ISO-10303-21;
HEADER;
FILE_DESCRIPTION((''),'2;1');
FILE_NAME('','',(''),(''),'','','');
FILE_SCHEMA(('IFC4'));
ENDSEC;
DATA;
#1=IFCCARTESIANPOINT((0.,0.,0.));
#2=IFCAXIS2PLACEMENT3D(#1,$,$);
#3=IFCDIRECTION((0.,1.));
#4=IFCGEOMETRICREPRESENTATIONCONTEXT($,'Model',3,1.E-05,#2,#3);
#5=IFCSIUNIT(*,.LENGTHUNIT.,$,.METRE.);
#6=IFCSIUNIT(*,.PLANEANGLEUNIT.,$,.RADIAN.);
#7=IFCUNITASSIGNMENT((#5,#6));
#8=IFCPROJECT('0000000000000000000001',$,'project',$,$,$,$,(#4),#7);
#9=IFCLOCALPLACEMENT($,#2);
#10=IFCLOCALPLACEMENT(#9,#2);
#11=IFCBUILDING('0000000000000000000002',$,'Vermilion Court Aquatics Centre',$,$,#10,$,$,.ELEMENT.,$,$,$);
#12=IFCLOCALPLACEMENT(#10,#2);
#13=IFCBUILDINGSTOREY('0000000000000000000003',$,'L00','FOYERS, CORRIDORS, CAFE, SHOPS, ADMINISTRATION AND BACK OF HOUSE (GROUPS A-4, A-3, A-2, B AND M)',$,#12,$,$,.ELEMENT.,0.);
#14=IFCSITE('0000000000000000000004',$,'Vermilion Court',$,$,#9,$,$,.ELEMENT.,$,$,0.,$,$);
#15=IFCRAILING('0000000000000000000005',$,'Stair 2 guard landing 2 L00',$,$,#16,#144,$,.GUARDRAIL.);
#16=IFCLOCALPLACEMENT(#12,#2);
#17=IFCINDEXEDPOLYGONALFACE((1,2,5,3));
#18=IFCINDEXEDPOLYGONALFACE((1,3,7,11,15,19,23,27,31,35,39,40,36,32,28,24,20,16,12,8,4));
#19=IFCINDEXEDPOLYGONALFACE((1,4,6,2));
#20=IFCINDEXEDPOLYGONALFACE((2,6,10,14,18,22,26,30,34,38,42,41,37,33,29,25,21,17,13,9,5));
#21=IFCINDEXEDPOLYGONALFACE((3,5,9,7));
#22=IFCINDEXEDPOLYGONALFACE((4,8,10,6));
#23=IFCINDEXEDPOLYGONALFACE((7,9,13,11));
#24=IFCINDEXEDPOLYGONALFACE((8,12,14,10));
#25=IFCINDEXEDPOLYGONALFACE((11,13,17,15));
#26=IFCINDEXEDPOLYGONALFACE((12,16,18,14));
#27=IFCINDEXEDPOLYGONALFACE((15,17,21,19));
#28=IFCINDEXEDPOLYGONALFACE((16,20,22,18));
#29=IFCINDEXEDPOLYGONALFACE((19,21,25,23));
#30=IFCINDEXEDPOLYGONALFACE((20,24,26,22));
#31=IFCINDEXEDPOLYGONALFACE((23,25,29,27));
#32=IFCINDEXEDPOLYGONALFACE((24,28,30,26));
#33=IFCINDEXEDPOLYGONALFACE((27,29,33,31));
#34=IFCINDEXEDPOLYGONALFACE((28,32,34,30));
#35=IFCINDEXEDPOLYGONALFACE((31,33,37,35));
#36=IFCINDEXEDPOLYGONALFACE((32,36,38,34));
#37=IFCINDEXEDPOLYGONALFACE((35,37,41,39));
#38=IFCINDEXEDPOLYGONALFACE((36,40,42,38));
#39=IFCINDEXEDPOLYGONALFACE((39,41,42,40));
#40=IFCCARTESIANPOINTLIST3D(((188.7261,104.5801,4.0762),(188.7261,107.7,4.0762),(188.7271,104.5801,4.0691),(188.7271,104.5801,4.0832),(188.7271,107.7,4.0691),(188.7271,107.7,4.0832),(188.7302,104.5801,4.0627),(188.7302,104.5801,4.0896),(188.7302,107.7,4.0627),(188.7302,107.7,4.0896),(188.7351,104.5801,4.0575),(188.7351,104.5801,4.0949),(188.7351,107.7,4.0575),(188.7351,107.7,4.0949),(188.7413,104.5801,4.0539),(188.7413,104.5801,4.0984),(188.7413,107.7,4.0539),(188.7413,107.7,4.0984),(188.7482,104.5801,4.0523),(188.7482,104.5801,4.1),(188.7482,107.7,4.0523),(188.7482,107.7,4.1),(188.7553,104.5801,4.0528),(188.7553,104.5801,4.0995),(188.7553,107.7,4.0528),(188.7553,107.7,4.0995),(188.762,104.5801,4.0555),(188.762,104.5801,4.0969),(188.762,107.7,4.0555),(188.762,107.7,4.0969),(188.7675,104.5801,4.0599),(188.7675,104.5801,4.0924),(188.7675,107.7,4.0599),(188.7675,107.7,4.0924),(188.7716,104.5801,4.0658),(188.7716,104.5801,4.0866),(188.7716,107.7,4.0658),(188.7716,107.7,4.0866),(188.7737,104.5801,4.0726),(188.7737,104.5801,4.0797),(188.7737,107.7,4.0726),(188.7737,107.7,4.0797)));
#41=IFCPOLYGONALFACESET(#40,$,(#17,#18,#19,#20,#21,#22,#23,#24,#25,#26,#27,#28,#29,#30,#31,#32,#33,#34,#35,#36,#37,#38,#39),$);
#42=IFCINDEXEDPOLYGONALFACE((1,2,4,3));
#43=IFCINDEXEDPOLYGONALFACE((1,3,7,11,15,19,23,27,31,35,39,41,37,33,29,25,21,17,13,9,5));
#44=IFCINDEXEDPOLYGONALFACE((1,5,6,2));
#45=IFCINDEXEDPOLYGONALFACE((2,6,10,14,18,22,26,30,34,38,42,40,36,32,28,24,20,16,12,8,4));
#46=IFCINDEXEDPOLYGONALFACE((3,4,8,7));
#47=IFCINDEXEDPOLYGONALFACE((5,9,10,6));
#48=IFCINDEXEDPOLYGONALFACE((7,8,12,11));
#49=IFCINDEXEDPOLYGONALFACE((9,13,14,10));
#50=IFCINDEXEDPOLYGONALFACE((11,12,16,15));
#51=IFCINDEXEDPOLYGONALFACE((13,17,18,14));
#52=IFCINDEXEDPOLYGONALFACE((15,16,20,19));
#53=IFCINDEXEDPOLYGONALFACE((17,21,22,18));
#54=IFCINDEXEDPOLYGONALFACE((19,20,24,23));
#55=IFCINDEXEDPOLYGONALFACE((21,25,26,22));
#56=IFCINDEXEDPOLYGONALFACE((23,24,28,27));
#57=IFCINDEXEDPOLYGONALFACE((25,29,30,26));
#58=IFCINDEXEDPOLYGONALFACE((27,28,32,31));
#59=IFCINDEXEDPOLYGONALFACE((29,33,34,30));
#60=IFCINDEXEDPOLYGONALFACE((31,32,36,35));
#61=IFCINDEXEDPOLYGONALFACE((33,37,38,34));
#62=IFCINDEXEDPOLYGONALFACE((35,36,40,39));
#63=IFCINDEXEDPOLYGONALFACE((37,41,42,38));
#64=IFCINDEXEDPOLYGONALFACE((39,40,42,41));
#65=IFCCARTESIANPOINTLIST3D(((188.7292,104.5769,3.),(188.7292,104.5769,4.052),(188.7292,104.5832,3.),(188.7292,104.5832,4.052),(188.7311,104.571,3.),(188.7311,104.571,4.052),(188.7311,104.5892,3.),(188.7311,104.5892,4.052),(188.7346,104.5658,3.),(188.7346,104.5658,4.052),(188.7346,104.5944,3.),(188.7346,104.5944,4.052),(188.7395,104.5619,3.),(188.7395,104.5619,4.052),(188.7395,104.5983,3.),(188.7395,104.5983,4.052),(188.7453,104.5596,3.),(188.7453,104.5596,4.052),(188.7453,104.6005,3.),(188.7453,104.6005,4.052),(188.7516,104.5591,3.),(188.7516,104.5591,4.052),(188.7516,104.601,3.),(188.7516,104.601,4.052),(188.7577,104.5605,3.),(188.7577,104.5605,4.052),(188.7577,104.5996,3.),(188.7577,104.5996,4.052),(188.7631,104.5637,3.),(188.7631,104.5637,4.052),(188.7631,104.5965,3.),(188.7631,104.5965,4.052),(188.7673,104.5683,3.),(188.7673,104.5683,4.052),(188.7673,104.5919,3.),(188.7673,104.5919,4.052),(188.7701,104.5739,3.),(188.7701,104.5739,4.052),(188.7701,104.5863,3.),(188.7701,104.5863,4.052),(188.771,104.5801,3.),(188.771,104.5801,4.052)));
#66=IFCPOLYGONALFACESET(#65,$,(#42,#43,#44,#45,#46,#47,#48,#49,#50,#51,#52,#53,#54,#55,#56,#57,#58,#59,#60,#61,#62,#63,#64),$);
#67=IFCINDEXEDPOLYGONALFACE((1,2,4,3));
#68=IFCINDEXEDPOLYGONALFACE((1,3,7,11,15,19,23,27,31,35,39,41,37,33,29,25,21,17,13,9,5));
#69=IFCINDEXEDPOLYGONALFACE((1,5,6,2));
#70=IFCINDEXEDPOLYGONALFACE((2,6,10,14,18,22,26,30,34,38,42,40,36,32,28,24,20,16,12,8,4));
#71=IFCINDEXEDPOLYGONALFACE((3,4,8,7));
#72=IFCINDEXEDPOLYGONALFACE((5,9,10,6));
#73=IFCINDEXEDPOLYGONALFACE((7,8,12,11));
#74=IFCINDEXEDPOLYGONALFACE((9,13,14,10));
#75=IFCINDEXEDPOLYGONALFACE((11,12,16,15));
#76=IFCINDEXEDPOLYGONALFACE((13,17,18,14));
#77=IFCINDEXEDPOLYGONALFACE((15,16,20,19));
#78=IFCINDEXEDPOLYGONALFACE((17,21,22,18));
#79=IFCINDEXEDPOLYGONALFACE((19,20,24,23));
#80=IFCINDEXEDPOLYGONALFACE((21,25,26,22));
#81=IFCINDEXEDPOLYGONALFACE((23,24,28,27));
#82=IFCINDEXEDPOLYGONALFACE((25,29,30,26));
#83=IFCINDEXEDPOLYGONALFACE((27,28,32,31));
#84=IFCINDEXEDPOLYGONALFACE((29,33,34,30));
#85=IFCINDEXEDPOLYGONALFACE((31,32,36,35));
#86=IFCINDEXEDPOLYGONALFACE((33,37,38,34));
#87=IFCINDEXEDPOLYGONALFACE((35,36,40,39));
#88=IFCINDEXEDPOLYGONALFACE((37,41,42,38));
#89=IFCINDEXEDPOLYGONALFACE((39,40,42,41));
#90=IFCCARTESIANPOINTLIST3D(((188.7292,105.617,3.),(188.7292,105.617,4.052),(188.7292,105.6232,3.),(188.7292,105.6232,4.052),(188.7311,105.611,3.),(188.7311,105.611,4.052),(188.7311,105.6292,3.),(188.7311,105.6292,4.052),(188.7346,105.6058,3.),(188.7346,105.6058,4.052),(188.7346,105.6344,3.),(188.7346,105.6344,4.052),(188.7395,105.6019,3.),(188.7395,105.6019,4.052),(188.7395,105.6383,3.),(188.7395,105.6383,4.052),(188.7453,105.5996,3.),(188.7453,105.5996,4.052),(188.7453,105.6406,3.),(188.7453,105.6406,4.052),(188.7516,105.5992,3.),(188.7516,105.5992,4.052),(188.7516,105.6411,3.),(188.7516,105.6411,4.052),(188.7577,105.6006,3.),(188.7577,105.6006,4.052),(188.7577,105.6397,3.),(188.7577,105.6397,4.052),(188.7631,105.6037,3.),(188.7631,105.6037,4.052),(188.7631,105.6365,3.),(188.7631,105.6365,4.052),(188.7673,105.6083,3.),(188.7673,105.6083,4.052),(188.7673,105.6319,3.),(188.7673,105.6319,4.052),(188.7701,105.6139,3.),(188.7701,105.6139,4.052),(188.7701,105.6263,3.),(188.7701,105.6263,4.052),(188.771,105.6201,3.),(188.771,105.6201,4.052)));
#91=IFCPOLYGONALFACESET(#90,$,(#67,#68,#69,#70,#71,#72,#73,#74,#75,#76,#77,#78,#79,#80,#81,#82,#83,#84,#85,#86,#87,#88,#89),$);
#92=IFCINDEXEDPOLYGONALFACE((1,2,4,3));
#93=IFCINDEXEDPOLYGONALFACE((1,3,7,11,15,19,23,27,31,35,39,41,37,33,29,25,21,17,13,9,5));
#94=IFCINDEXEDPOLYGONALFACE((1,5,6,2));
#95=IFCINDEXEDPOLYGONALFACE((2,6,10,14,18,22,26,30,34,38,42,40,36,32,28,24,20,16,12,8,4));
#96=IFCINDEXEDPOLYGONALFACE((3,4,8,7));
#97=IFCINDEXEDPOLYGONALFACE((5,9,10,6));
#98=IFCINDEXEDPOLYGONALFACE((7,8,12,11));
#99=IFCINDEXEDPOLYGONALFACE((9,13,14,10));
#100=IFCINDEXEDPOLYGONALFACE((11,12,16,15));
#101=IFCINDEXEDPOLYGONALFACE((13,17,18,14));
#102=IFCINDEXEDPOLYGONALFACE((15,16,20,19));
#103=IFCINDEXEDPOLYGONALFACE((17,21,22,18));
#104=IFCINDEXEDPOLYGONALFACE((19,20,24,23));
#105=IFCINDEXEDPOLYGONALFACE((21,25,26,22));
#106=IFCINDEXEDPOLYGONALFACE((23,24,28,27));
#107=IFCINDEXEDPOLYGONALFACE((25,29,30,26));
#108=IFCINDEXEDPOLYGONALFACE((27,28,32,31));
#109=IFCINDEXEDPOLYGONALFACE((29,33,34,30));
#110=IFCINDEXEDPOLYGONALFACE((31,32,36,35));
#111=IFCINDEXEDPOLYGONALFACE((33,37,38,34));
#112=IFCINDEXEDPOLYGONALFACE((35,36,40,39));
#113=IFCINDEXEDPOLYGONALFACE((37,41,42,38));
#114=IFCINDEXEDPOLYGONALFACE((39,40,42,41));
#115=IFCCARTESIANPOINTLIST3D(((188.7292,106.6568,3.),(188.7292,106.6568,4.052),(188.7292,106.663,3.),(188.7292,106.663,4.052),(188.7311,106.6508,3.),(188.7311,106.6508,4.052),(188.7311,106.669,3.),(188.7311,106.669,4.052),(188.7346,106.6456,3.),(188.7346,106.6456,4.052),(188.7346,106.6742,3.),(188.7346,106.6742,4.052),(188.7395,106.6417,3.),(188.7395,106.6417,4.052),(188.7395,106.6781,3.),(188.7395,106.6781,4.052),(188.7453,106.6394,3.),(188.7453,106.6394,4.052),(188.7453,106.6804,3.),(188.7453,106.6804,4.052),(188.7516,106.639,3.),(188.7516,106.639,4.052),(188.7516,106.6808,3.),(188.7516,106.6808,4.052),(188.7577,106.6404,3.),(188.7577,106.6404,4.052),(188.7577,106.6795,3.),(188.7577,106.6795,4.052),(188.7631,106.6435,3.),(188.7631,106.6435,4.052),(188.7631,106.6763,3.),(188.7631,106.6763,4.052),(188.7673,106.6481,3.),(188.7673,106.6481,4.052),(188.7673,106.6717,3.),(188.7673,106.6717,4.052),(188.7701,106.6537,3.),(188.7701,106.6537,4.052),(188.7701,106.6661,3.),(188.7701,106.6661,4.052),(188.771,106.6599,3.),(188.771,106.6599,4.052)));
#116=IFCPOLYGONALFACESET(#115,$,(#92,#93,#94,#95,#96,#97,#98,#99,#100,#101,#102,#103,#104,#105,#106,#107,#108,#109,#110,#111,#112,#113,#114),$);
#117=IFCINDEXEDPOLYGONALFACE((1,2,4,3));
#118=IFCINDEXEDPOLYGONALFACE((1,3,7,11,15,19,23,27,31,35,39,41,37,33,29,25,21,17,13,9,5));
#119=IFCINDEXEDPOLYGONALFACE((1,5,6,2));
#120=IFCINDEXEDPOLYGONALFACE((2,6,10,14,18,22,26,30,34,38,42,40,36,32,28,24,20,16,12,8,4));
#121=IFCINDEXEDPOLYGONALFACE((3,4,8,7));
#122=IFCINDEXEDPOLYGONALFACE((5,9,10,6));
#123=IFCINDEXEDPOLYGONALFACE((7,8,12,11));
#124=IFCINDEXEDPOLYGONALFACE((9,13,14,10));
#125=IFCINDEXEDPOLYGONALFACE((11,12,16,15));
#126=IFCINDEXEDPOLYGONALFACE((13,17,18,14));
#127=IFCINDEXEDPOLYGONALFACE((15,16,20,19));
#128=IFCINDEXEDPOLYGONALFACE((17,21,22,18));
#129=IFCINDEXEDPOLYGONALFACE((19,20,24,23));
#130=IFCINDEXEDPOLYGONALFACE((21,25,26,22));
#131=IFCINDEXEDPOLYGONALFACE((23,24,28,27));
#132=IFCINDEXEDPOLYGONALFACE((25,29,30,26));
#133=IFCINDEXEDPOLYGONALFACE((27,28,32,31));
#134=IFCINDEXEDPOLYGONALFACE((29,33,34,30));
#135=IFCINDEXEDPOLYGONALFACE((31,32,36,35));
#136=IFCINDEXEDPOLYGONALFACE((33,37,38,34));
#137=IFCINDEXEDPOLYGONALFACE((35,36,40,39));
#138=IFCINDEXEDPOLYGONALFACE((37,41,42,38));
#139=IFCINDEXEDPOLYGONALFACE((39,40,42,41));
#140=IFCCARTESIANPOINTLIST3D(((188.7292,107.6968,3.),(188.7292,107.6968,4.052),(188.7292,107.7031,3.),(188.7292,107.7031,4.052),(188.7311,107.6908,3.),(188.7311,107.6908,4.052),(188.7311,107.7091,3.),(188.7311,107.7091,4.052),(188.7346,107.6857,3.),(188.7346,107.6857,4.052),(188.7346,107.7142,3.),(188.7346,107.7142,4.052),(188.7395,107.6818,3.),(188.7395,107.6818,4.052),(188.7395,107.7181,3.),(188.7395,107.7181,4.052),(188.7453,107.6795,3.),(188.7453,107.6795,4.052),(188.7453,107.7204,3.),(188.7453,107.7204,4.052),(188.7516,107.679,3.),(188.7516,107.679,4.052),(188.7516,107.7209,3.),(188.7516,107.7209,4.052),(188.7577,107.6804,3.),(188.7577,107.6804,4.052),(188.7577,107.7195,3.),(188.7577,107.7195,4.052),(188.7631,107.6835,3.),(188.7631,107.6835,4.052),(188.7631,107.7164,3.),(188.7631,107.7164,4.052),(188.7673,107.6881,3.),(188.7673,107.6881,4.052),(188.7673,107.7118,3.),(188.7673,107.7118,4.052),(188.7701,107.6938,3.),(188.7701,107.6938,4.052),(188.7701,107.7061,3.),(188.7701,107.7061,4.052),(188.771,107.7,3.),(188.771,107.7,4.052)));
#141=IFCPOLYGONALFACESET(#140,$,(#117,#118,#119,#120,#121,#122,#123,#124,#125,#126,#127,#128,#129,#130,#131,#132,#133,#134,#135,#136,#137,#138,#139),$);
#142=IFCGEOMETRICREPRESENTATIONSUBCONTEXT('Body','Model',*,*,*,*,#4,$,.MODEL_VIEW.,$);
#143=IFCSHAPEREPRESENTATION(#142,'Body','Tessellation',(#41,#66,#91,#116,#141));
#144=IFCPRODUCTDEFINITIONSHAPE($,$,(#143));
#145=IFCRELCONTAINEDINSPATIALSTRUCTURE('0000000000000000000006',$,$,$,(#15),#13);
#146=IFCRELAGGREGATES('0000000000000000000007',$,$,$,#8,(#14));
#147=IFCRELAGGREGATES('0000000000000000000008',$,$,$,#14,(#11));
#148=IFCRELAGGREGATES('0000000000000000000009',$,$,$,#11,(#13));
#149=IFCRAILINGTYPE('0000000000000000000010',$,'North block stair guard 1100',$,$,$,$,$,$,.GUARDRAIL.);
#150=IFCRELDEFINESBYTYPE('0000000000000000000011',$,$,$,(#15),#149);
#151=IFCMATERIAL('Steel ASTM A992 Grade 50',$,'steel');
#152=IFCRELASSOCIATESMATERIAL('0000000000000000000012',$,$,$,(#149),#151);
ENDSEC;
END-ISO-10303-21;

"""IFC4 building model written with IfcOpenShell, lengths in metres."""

from ifc_helpers import new_model, si_unit, direction, frame, origin, origin_2d, place, context, subcontext, project, spatial, circle, extrude, material, type_object, element, save


model = new_model("IFC4")

# Units and contexts
model_context = context("Model", 3, precision=1e-05, world=origin(), true_north=direction((0.0, 1.0)))
body_context = subcontext(model_context, "Body", "Model", "MODEL_VIEW")
ifc_project = project(units=[si_unit("LENGTHUNIT", "METRE"), si_unit("PLANEANGLEUNIT", "RADIAN")], contexts=[model_context])

# Site, building, storey
site_placement = place(None, origin())
site = spatial("IfcSite", under=ifc_project, at=site_placement, Name="Vermilion Court", CompositionType="ELEMENT", RefElevation=0.0)
building_placement = place(site_placement, origin())
building = spatial("IfcBuilding", under=site, at=building_placement, Name="Vermilion Court Aquatics Centre", CompositionType="ELEMENT")
storey_placement = place(building_placement, origin())
storey = spatial("IfcBuildingStorey", under=building, at=storey_placement, Name="L00", Description="FOYERS, CORRIDORS, CAFE, SHOPS, ADMINISTRATION AND BACK OF HOUSE (GROUPS A-4, A-3, A-2, B AND M)", CompositionType="ELEMENT", Elevation=0.0)

# Railing
ifc_material_1 = material(Name="Steel ASTM A992 Grade 50", Category="steel")
railing_type_1 = type_object("IfcRailingType", Name="North block stair guard 1100", PredefinedType="GUARDRAIL", material=ifc_material_1)
railing_1_placement = place(storey_placement, frame((188.75, 104.5801, 3.0)))
element("IfcRailing", 1, at=railing_1_placement, inside=storey, type_object=railing_type_1, Name="Stair 2 guard landing 2 L00", PredefinedType="GUARDRAIL", context=body_context, shape_type="SweptSolid", body=[
    extrude(circle(Radius=0.0239, at=origin_2d()), frame((0.0, 0.0, 1.0762), z_axis=(0.0, 1.0, 0.0), x_axis=(-1.0, 0.0, 0.0)), (0.0, 0.0, 1.0), 3.1199),
    extrude(circle(Radius=0.021, at=origin_2d()), origin(), (0.0, 0.0, 1.0), 1.052),
    extrude(circle(Radius=0.021, at=origin_2d()), frame((0.0, 1.04, 0.0)), (0.0, 0.0, 1.0), 1.052),
    extrude(circle(Radius=0.021, at=origin_2d()), frame((0.0, 2.0798, 0.0)), (0.0, 0.0, 1.0), 1.052),
    extrude(circle(Radius=0.021, at=origin_2d()), frame((0.0, 3.1199, 0.0)), (0.0, 0.0, 1.0), 1.052),
])

save(model, "model.ifc")
